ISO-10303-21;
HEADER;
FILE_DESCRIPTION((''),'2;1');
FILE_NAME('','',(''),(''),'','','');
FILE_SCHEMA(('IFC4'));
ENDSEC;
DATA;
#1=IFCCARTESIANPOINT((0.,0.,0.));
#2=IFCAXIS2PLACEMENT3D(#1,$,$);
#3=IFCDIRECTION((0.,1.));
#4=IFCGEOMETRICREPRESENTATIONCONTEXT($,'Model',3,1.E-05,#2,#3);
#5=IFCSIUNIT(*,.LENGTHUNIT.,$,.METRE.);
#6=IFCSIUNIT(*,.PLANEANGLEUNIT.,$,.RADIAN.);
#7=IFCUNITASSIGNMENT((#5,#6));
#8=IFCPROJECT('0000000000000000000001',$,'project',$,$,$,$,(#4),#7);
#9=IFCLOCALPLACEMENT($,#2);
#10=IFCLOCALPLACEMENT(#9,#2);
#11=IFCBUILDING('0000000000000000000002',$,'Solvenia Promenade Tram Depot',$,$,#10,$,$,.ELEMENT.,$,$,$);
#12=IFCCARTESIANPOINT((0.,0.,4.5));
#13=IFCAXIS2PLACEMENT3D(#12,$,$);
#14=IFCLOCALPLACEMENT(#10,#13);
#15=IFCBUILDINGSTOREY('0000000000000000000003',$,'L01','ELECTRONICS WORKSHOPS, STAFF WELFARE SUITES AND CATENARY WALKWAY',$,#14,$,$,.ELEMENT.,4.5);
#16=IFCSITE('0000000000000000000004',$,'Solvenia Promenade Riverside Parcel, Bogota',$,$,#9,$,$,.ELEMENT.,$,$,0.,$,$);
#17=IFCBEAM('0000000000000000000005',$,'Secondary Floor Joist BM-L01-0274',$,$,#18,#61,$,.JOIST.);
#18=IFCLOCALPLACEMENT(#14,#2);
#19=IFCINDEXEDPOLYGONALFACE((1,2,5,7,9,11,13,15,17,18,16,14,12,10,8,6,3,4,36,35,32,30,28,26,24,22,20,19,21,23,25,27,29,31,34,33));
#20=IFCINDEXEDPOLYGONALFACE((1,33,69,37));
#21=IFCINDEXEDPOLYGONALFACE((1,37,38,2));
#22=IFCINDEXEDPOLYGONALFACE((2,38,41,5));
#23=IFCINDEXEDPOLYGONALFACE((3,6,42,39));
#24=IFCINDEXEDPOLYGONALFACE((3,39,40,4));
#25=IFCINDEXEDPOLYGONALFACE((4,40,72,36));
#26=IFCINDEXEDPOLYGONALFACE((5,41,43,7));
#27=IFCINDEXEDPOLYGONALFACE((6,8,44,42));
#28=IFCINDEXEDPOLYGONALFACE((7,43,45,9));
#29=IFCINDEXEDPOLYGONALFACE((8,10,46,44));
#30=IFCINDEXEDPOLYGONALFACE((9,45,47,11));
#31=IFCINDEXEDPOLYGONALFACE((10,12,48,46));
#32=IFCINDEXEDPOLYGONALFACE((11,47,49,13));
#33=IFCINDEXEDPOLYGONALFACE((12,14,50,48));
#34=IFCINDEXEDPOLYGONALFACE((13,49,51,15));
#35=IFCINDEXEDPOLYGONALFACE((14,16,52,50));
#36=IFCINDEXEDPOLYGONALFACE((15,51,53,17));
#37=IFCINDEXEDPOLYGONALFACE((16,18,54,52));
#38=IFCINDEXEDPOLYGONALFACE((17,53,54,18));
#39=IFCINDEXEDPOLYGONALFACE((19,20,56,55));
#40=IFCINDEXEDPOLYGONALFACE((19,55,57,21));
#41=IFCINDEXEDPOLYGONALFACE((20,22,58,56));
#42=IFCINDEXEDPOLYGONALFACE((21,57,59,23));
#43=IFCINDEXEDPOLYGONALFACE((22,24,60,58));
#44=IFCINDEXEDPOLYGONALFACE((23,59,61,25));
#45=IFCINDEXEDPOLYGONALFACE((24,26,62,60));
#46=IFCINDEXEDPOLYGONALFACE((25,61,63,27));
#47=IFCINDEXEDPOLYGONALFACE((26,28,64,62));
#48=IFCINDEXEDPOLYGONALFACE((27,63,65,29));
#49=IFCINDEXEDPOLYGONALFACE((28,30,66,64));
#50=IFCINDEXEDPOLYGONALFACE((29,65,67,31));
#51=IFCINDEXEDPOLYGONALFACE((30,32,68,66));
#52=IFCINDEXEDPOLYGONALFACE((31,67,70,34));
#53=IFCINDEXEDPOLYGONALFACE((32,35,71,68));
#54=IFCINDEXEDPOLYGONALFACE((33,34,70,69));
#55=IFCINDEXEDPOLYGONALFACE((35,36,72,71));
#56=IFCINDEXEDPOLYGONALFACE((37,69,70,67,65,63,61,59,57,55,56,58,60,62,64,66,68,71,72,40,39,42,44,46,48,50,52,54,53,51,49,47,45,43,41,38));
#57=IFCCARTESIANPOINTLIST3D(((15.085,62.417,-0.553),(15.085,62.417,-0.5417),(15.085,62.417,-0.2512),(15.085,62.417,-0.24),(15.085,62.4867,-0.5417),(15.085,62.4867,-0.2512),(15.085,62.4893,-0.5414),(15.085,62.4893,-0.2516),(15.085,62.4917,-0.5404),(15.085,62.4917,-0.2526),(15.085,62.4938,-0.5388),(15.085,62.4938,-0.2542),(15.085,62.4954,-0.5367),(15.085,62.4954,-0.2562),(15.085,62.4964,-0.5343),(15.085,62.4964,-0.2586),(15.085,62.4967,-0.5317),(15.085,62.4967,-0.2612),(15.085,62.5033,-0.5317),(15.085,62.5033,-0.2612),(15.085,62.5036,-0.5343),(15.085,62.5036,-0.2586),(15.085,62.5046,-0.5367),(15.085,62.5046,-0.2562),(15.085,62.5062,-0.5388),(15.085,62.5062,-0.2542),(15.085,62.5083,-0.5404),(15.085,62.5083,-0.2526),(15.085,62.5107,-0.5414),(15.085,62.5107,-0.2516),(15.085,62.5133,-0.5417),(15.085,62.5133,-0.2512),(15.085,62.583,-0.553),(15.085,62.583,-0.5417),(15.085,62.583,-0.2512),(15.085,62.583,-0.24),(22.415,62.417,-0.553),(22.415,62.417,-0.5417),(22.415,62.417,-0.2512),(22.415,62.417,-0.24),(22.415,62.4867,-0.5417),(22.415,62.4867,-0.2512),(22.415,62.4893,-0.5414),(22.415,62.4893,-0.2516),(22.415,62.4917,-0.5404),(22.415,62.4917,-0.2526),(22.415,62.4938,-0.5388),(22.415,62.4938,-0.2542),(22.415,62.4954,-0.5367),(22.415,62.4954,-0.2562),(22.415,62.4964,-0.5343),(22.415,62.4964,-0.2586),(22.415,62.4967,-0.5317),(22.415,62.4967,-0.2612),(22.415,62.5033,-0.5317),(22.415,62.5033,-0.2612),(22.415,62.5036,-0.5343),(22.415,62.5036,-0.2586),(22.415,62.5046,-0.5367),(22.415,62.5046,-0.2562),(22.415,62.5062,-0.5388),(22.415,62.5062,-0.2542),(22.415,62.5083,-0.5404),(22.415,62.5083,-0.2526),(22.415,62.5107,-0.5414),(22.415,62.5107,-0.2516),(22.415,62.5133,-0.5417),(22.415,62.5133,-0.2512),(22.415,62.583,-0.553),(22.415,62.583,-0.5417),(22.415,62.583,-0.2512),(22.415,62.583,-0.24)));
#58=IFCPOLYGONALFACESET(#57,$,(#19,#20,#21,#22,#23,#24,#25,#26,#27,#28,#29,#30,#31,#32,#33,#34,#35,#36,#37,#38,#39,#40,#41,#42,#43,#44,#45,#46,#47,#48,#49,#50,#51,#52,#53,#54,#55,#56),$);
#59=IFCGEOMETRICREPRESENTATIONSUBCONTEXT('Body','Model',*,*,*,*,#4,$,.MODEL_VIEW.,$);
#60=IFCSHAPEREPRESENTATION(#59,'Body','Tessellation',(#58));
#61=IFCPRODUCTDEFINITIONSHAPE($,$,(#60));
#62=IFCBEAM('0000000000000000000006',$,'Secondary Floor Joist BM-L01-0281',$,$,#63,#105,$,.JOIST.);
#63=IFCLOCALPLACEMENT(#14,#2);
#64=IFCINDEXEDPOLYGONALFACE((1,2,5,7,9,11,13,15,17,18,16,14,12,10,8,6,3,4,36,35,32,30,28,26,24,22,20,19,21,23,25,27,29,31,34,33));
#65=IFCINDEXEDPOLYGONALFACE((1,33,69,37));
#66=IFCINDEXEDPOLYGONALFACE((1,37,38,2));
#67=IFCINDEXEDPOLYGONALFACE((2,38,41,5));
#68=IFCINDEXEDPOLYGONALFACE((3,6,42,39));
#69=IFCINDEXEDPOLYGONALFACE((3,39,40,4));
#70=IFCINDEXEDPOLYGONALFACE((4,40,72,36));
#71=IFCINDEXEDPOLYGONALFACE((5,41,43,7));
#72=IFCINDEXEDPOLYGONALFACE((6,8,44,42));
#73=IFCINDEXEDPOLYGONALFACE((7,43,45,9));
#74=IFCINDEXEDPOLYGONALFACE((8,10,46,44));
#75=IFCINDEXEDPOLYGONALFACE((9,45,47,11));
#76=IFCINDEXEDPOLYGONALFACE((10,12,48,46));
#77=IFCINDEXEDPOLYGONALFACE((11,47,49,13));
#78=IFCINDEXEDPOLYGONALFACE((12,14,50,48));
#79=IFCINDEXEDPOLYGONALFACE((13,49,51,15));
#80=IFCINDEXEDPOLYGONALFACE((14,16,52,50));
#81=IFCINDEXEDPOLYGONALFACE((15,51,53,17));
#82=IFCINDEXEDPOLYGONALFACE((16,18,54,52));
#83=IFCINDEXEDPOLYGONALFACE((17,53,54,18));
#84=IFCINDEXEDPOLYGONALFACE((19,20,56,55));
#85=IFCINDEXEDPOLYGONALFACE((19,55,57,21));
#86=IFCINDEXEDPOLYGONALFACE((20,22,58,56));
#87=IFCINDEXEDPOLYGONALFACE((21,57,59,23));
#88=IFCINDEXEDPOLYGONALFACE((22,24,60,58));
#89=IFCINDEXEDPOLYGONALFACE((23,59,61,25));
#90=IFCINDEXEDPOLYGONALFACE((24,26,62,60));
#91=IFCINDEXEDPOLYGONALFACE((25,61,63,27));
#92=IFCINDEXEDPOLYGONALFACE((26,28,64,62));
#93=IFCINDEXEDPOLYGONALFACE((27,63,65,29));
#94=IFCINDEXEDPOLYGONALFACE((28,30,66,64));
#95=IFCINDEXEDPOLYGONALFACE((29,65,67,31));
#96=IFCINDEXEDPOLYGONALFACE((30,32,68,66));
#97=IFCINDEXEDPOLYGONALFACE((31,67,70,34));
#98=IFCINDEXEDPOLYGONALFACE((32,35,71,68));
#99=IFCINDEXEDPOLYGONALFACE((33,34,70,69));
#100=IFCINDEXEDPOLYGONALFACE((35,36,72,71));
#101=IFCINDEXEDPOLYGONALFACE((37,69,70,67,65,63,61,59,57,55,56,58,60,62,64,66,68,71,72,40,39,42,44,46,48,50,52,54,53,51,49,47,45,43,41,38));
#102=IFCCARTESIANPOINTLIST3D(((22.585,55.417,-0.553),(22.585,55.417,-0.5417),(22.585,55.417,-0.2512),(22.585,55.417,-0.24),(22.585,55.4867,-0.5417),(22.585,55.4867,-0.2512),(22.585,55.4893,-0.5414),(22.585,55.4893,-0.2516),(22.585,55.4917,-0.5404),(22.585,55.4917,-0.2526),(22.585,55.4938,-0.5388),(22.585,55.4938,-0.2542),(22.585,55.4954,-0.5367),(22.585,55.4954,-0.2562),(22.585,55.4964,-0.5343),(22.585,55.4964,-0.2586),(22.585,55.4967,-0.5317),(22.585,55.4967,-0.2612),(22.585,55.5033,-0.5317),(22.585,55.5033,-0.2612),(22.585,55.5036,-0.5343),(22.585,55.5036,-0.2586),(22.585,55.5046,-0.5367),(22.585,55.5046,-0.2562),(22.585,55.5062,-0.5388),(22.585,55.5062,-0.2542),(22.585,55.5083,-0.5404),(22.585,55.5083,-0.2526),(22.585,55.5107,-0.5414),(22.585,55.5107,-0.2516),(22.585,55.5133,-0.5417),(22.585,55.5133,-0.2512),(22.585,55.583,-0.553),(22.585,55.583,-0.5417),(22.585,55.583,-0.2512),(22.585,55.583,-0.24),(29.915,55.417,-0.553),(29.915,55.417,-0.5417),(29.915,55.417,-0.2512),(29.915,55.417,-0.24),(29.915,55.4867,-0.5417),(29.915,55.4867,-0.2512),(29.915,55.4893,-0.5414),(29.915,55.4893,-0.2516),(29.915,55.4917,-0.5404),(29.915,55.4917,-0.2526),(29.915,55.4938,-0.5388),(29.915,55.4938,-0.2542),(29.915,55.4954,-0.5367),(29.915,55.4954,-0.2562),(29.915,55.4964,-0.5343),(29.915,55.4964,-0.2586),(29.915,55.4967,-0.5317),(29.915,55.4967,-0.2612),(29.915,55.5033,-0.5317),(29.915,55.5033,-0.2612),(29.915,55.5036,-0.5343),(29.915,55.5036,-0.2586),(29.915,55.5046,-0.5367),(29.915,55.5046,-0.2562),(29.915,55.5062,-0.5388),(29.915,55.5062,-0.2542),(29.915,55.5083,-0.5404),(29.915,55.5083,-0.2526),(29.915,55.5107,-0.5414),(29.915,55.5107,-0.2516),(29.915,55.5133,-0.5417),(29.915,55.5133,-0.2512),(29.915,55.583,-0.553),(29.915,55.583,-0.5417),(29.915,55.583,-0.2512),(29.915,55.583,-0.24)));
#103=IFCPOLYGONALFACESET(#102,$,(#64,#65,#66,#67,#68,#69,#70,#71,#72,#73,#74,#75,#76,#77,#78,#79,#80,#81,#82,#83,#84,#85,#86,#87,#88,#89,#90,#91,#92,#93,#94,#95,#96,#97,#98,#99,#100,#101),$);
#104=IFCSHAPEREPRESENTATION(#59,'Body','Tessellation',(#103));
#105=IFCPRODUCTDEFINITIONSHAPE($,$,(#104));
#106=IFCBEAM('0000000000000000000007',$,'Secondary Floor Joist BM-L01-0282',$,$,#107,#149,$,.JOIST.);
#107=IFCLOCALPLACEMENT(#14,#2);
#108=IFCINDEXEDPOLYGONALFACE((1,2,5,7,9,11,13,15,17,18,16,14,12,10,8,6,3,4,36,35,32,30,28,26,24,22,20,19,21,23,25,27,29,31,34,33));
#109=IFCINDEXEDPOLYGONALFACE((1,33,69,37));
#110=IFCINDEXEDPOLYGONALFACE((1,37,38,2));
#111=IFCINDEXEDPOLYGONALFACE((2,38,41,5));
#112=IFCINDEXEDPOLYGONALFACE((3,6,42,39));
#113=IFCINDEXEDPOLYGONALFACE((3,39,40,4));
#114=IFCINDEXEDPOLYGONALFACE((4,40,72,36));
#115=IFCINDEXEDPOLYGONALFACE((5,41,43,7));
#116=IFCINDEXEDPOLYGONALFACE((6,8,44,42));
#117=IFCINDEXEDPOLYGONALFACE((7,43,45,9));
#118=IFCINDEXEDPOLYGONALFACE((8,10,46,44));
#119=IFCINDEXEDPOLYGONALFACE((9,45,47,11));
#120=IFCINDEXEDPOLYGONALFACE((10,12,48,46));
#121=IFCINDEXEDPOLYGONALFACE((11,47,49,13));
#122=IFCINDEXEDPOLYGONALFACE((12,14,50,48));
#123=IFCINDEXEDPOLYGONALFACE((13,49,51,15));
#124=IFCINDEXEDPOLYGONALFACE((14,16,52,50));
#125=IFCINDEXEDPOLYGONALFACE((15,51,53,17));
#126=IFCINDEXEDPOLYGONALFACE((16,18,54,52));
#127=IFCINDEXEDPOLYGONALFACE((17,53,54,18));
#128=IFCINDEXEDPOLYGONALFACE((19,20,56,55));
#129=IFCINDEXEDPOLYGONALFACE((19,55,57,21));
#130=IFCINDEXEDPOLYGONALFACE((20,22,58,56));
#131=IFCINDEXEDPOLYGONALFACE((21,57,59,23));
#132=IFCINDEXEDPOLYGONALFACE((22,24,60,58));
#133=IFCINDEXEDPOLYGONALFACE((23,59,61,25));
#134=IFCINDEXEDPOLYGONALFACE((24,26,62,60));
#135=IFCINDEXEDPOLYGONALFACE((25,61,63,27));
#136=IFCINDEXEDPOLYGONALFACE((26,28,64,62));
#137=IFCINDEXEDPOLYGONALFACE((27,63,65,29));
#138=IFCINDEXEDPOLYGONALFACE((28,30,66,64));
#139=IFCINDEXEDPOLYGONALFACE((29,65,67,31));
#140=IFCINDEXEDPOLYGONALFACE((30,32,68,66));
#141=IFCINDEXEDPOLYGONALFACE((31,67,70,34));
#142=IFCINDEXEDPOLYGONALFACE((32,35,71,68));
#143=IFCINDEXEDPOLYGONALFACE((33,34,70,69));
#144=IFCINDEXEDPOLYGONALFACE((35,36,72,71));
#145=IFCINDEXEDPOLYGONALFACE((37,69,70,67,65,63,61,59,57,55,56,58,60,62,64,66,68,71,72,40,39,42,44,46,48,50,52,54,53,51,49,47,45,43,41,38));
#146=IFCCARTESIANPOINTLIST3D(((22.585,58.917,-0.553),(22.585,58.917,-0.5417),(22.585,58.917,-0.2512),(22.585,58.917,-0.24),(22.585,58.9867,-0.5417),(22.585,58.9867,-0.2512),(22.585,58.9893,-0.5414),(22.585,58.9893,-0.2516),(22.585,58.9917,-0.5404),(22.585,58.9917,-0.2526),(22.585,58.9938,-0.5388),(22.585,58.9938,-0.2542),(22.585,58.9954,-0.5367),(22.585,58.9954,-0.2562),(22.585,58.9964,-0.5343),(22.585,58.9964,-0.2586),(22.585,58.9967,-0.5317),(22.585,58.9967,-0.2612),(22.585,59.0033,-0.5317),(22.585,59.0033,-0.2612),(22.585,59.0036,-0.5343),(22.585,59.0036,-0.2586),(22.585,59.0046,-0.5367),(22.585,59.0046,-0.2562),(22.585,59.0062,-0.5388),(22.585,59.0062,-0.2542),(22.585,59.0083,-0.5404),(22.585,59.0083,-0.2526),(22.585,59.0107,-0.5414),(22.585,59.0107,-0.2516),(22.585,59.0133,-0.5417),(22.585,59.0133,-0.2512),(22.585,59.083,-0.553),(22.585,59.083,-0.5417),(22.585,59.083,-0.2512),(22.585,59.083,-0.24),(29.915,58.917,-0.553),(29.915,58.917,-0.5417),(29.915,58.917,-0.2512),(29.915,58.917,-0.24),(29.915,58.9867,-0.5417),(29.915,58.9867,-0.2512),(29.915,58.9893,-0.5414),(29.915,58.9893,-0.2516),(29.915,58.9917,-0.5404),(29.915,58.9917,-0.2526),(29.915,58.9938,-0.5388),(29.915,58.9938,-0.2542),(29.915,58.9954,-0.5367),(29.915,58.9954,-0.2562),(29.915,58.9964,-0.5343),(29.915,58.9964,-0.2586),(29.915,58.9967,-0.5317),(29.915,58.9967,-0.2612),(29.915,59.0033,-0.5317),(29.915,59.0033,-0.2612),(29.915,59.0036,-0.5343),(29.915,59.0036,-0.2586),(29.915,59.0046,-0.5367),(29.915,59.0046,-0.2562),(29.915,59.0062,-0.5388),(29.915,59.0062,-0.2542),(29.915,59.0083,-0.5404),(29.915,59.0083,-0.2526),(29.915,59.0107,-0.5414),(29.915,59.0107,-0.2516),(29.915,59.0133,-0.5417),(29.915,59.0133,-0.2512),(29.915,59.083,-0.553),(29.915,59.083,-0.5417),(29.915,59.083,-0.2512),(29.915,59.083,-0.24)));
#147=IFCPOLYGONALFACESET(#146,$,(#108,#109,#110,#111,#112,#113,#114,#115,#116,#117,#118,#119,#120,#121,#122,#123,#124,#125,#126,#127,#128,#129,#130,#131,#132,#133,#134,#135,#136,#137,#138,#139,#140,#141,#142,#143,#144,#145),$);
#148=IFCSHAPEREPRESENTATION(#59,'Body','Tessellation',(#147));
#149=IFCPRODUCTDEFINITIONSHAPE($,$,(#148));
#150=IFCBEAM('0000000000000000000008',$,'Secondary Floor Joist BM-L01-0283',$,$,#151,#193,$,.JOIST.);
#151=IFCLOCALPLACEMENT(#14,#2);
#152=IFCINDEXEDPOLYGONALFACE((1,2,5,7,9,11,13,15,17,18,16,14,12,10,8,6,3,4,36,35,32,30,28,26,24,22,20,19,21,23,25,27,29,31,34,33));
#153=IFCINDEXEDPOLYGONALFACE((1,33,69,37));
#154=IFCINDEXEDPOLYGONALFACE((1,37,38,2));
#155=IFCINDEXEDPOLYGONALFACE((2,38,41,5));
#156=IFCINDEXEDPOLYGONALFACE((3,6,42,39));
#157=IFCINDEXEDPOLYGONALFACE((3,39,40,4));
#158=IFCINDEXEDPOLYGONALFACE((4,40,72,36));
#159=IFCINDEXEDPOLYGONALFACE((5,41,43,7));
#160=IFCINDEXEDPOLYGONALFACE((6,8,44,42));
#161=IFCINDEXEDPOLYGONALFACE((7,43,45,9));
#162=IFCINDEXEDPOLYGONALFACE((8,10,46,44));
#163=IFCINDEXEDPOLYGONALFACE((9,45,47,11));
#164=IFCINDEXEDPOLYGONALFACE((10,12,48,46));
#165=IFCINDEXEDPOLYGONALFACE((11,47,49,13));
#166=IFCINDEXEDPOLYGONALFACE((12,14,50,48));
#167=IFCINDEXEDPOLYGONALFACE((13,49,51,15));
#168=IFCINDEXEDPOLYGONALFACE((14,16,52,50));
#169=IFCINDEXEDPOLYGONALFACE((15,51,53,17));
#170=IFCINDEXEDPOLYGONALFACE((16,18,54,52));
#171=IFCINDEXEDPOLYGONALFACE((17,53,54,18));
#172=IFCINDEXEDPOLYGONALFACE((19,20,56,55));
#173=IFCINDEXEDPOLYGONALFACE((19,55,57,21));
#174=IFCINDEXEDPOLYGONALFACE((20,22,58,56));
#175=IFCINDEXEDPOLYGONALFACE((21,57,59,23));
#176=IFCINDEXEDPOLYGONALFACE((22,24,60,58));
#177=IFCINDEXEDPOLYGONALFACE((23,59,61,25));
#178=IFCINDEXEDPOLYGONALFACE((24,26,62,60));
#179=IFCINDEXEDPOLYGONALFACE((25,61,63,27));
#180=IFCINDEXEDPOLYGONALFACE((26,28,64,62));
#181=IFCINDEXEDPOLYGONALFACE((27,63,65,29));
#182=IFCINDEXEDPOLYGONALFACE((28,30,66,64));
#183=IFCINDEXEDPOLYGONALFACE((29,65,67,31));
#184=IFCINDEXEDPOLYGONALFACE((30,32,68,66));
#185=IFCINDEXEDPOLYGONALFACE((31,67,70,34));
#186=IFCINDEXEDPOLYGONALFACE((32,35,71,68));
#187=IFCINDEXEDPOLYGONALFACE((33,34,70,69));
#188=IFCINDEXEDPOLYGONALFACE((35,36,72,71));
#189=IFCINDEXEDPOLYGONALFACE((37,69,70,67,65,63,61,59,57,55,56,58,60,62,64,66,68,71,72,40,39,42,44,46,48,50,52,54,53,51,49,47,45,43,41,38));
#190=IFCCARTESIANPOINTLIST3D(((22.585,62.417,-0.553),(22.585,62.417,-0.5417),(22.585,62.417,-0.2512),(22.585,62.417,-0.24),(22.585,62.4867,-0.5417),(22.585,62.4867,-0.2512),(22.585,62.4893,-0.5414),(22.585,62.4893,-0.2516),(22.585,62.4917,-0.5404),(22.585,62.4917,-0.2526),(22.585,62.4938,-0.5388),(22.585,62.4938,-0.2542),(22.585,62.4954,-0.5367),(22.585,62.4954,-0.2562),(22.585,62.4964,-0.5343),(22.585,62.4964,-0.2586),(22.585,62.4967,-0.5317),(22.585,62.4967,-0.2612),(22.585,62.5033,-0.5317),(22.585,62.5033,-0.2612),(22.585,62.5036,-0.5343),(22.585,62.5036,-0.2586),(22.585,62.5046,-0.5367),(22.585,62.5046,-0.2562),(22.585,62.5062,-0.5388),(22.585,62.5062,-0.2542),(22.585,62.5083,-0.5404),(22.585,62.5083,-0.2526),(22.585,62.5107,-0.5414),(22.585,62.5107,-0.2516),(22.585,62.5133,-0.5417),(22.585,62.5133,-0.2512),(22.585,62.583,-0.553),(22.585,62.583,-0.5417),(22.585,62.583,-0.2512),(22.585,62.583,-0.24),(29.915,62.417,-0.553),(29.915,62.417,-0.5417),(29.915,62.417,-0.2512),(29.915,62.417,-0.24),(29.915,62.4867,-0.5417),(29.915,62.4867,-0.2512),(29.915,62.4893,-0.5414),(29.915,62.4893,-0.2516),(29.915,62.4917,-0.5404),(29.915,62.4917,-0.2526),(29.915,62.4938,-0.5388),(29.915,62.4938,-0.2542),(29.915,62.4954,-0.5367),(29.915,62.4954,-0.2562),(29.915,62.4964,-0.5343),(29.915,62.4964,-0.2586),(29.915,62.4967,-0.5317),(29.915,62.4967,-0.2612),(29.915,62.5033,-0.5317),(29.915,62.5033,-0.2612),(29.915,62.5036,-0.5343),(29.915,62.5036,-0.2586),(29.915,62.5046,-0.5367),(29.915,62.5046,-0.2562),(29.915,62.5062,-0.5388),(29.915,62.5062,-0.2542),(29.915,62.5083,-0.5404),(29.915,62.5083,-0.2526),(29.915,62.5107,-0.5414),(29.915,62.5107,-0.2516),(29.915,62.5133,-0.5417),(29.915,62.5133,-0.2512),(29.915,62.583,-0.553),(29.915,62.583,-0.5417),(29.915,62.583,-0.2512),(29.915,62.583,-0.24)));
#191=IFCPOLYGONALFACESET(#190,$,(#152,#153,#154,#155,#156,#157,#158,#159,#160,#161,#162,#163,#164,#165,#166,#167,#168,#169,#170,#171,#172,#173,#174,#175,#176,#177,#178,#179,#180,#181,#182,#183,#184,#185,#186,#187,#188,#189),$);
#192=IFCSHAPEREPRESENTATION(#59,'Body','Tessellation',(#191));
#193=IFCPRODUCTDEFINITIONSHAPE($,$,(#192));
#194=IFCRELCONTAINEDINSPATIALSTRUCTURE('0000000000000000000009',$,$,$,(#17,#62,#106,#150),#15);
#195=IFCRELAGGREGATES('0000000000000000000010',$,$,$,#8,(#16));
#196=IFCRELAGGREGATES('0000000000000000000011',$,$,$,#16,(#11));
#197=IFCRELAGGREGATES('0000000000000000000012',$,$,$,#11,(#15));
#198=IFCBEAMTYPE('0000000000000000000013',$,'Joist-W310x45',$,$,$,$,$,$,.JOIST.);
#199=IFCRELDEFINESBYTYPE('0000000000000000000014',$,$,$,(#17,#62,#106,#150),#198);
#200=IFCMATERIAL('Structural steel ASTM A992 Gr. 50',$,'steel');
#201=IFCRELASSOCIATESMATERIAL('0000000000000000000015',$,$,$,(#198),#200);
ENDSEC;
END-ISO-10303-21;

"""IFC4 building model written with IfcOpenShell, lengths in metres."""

from ifc_helpers import new_model, si_unit, direction, frame, origin, origin_2d, place, context, subcontext, project, spatial, i_section, extrude, material, material_profile, profile_set, type_object, element, save


model = new_model("IFC4")

# Units and contexts
model_context = context("Model", 3, precision=1e-05, world=origin(), true_north=direction((0.0, 1.0)))
body_context = subcontext(model_context, "Body", "Model", "MODEL_VIEW")
ifc_project = project(units=[si_unit("LENGTHUNIT", "METRE"), si_unit("PLANEANGLEUNIT", "RADIAN")], contexts=[model_context])

# Site, building, storey
site_placement = place(None, origin())
site = spatial("IfcSite", under=ifc_project, at=site_placement, Name="Solvenia Promenade Riverside Parcel, Bogota", CompositionType="ELEMENT", RefElevation=0.0)
building_placement = place(site_placement, origin())
building = spatial("IfcBuilding", under=site, at=building_placement, Name="Solvenia Promenade Tram Depot", CompositionType="ELEMENT")
storey_placement = place(building_placement, frame((0.0, 0.0, 4.5)))
storey = spatial("IfcBuildingStorey", under=building, at=storey_placement, Name="L01", Description="ELECTRONICS WORKSHOPS, STAFF WELFARE SUITES AND CATENARY WALKWAY", CompositionType="ELEMENT", Elevation=4.5)

# Beams
ifc_material_1 = material(Name="Structural steel ASTM A992 Gr. 50", Category="steel")
ifc_material_profile_1 = material_profile(ifc_material_1, i_section(OverallWidth=0.166, OverallDepth=0.313, WebThickness=0.0066, FlangeThickness=0.0112, FilletRadius=0.01, at=origin_2d()), Name="W310x45", Category="steel")
ifc_profile_set_1 = profile_set([ifc_material_profile_1], Name="Structural steel ASTM A992 Gr. 50")
beam_type_1 = type_object("IfcBeamType", Name="Joist-W310x45", PredefinedType="JOIST", material=ifc_profile_set_1)
for number, where, z_axis, x_axis, name in (
    (1, (15.085, 62.5, -0.3965), (1.0, 0.0, 0.0), (0.0, 1.0, 0.0), "Secondary Floor Joist BM-L01-0274"),
    (2, (22.585, 55.5, -0.3965), (1.0, 0.0, 0.0), (0.0, 1.0, 0.0), "Secondary Floor Joist BM-L01-0281"),
    (3, (22.585, 59.0, -0.3965), (1.0, 0.0, 0.0), (0.0, 1.0, 0.0), "Secondary Floor Joist BM-L01-0282"),
    (4, (22.585, 62.5, -0.3965), (1.0, 0.0, 0.0), (0.0, 1.0, 0.0), "Secondary Floor Joist BM-L01-0283"),
):
    element("IfcBeam", number, at=place(storey_placement, frame(where, z_axis=z_axis, x_axis=x_axis)), inside=storey, type_object=beam_type_1, Name=name, PredefinedType="JOIST", context=body_context, shape_type="SweptSolid", body=[
        extrude(i_section(OverallWidth=0.166, OverallDepth=0.313, WebThickness=0.0066, FlangeThickness=0.0112, FilletRadius=0.01, at=origin_2d()), origin(), (0.0, 0.0, 1.0), 7.3301),
    ])

save(model, "model.ifc")
